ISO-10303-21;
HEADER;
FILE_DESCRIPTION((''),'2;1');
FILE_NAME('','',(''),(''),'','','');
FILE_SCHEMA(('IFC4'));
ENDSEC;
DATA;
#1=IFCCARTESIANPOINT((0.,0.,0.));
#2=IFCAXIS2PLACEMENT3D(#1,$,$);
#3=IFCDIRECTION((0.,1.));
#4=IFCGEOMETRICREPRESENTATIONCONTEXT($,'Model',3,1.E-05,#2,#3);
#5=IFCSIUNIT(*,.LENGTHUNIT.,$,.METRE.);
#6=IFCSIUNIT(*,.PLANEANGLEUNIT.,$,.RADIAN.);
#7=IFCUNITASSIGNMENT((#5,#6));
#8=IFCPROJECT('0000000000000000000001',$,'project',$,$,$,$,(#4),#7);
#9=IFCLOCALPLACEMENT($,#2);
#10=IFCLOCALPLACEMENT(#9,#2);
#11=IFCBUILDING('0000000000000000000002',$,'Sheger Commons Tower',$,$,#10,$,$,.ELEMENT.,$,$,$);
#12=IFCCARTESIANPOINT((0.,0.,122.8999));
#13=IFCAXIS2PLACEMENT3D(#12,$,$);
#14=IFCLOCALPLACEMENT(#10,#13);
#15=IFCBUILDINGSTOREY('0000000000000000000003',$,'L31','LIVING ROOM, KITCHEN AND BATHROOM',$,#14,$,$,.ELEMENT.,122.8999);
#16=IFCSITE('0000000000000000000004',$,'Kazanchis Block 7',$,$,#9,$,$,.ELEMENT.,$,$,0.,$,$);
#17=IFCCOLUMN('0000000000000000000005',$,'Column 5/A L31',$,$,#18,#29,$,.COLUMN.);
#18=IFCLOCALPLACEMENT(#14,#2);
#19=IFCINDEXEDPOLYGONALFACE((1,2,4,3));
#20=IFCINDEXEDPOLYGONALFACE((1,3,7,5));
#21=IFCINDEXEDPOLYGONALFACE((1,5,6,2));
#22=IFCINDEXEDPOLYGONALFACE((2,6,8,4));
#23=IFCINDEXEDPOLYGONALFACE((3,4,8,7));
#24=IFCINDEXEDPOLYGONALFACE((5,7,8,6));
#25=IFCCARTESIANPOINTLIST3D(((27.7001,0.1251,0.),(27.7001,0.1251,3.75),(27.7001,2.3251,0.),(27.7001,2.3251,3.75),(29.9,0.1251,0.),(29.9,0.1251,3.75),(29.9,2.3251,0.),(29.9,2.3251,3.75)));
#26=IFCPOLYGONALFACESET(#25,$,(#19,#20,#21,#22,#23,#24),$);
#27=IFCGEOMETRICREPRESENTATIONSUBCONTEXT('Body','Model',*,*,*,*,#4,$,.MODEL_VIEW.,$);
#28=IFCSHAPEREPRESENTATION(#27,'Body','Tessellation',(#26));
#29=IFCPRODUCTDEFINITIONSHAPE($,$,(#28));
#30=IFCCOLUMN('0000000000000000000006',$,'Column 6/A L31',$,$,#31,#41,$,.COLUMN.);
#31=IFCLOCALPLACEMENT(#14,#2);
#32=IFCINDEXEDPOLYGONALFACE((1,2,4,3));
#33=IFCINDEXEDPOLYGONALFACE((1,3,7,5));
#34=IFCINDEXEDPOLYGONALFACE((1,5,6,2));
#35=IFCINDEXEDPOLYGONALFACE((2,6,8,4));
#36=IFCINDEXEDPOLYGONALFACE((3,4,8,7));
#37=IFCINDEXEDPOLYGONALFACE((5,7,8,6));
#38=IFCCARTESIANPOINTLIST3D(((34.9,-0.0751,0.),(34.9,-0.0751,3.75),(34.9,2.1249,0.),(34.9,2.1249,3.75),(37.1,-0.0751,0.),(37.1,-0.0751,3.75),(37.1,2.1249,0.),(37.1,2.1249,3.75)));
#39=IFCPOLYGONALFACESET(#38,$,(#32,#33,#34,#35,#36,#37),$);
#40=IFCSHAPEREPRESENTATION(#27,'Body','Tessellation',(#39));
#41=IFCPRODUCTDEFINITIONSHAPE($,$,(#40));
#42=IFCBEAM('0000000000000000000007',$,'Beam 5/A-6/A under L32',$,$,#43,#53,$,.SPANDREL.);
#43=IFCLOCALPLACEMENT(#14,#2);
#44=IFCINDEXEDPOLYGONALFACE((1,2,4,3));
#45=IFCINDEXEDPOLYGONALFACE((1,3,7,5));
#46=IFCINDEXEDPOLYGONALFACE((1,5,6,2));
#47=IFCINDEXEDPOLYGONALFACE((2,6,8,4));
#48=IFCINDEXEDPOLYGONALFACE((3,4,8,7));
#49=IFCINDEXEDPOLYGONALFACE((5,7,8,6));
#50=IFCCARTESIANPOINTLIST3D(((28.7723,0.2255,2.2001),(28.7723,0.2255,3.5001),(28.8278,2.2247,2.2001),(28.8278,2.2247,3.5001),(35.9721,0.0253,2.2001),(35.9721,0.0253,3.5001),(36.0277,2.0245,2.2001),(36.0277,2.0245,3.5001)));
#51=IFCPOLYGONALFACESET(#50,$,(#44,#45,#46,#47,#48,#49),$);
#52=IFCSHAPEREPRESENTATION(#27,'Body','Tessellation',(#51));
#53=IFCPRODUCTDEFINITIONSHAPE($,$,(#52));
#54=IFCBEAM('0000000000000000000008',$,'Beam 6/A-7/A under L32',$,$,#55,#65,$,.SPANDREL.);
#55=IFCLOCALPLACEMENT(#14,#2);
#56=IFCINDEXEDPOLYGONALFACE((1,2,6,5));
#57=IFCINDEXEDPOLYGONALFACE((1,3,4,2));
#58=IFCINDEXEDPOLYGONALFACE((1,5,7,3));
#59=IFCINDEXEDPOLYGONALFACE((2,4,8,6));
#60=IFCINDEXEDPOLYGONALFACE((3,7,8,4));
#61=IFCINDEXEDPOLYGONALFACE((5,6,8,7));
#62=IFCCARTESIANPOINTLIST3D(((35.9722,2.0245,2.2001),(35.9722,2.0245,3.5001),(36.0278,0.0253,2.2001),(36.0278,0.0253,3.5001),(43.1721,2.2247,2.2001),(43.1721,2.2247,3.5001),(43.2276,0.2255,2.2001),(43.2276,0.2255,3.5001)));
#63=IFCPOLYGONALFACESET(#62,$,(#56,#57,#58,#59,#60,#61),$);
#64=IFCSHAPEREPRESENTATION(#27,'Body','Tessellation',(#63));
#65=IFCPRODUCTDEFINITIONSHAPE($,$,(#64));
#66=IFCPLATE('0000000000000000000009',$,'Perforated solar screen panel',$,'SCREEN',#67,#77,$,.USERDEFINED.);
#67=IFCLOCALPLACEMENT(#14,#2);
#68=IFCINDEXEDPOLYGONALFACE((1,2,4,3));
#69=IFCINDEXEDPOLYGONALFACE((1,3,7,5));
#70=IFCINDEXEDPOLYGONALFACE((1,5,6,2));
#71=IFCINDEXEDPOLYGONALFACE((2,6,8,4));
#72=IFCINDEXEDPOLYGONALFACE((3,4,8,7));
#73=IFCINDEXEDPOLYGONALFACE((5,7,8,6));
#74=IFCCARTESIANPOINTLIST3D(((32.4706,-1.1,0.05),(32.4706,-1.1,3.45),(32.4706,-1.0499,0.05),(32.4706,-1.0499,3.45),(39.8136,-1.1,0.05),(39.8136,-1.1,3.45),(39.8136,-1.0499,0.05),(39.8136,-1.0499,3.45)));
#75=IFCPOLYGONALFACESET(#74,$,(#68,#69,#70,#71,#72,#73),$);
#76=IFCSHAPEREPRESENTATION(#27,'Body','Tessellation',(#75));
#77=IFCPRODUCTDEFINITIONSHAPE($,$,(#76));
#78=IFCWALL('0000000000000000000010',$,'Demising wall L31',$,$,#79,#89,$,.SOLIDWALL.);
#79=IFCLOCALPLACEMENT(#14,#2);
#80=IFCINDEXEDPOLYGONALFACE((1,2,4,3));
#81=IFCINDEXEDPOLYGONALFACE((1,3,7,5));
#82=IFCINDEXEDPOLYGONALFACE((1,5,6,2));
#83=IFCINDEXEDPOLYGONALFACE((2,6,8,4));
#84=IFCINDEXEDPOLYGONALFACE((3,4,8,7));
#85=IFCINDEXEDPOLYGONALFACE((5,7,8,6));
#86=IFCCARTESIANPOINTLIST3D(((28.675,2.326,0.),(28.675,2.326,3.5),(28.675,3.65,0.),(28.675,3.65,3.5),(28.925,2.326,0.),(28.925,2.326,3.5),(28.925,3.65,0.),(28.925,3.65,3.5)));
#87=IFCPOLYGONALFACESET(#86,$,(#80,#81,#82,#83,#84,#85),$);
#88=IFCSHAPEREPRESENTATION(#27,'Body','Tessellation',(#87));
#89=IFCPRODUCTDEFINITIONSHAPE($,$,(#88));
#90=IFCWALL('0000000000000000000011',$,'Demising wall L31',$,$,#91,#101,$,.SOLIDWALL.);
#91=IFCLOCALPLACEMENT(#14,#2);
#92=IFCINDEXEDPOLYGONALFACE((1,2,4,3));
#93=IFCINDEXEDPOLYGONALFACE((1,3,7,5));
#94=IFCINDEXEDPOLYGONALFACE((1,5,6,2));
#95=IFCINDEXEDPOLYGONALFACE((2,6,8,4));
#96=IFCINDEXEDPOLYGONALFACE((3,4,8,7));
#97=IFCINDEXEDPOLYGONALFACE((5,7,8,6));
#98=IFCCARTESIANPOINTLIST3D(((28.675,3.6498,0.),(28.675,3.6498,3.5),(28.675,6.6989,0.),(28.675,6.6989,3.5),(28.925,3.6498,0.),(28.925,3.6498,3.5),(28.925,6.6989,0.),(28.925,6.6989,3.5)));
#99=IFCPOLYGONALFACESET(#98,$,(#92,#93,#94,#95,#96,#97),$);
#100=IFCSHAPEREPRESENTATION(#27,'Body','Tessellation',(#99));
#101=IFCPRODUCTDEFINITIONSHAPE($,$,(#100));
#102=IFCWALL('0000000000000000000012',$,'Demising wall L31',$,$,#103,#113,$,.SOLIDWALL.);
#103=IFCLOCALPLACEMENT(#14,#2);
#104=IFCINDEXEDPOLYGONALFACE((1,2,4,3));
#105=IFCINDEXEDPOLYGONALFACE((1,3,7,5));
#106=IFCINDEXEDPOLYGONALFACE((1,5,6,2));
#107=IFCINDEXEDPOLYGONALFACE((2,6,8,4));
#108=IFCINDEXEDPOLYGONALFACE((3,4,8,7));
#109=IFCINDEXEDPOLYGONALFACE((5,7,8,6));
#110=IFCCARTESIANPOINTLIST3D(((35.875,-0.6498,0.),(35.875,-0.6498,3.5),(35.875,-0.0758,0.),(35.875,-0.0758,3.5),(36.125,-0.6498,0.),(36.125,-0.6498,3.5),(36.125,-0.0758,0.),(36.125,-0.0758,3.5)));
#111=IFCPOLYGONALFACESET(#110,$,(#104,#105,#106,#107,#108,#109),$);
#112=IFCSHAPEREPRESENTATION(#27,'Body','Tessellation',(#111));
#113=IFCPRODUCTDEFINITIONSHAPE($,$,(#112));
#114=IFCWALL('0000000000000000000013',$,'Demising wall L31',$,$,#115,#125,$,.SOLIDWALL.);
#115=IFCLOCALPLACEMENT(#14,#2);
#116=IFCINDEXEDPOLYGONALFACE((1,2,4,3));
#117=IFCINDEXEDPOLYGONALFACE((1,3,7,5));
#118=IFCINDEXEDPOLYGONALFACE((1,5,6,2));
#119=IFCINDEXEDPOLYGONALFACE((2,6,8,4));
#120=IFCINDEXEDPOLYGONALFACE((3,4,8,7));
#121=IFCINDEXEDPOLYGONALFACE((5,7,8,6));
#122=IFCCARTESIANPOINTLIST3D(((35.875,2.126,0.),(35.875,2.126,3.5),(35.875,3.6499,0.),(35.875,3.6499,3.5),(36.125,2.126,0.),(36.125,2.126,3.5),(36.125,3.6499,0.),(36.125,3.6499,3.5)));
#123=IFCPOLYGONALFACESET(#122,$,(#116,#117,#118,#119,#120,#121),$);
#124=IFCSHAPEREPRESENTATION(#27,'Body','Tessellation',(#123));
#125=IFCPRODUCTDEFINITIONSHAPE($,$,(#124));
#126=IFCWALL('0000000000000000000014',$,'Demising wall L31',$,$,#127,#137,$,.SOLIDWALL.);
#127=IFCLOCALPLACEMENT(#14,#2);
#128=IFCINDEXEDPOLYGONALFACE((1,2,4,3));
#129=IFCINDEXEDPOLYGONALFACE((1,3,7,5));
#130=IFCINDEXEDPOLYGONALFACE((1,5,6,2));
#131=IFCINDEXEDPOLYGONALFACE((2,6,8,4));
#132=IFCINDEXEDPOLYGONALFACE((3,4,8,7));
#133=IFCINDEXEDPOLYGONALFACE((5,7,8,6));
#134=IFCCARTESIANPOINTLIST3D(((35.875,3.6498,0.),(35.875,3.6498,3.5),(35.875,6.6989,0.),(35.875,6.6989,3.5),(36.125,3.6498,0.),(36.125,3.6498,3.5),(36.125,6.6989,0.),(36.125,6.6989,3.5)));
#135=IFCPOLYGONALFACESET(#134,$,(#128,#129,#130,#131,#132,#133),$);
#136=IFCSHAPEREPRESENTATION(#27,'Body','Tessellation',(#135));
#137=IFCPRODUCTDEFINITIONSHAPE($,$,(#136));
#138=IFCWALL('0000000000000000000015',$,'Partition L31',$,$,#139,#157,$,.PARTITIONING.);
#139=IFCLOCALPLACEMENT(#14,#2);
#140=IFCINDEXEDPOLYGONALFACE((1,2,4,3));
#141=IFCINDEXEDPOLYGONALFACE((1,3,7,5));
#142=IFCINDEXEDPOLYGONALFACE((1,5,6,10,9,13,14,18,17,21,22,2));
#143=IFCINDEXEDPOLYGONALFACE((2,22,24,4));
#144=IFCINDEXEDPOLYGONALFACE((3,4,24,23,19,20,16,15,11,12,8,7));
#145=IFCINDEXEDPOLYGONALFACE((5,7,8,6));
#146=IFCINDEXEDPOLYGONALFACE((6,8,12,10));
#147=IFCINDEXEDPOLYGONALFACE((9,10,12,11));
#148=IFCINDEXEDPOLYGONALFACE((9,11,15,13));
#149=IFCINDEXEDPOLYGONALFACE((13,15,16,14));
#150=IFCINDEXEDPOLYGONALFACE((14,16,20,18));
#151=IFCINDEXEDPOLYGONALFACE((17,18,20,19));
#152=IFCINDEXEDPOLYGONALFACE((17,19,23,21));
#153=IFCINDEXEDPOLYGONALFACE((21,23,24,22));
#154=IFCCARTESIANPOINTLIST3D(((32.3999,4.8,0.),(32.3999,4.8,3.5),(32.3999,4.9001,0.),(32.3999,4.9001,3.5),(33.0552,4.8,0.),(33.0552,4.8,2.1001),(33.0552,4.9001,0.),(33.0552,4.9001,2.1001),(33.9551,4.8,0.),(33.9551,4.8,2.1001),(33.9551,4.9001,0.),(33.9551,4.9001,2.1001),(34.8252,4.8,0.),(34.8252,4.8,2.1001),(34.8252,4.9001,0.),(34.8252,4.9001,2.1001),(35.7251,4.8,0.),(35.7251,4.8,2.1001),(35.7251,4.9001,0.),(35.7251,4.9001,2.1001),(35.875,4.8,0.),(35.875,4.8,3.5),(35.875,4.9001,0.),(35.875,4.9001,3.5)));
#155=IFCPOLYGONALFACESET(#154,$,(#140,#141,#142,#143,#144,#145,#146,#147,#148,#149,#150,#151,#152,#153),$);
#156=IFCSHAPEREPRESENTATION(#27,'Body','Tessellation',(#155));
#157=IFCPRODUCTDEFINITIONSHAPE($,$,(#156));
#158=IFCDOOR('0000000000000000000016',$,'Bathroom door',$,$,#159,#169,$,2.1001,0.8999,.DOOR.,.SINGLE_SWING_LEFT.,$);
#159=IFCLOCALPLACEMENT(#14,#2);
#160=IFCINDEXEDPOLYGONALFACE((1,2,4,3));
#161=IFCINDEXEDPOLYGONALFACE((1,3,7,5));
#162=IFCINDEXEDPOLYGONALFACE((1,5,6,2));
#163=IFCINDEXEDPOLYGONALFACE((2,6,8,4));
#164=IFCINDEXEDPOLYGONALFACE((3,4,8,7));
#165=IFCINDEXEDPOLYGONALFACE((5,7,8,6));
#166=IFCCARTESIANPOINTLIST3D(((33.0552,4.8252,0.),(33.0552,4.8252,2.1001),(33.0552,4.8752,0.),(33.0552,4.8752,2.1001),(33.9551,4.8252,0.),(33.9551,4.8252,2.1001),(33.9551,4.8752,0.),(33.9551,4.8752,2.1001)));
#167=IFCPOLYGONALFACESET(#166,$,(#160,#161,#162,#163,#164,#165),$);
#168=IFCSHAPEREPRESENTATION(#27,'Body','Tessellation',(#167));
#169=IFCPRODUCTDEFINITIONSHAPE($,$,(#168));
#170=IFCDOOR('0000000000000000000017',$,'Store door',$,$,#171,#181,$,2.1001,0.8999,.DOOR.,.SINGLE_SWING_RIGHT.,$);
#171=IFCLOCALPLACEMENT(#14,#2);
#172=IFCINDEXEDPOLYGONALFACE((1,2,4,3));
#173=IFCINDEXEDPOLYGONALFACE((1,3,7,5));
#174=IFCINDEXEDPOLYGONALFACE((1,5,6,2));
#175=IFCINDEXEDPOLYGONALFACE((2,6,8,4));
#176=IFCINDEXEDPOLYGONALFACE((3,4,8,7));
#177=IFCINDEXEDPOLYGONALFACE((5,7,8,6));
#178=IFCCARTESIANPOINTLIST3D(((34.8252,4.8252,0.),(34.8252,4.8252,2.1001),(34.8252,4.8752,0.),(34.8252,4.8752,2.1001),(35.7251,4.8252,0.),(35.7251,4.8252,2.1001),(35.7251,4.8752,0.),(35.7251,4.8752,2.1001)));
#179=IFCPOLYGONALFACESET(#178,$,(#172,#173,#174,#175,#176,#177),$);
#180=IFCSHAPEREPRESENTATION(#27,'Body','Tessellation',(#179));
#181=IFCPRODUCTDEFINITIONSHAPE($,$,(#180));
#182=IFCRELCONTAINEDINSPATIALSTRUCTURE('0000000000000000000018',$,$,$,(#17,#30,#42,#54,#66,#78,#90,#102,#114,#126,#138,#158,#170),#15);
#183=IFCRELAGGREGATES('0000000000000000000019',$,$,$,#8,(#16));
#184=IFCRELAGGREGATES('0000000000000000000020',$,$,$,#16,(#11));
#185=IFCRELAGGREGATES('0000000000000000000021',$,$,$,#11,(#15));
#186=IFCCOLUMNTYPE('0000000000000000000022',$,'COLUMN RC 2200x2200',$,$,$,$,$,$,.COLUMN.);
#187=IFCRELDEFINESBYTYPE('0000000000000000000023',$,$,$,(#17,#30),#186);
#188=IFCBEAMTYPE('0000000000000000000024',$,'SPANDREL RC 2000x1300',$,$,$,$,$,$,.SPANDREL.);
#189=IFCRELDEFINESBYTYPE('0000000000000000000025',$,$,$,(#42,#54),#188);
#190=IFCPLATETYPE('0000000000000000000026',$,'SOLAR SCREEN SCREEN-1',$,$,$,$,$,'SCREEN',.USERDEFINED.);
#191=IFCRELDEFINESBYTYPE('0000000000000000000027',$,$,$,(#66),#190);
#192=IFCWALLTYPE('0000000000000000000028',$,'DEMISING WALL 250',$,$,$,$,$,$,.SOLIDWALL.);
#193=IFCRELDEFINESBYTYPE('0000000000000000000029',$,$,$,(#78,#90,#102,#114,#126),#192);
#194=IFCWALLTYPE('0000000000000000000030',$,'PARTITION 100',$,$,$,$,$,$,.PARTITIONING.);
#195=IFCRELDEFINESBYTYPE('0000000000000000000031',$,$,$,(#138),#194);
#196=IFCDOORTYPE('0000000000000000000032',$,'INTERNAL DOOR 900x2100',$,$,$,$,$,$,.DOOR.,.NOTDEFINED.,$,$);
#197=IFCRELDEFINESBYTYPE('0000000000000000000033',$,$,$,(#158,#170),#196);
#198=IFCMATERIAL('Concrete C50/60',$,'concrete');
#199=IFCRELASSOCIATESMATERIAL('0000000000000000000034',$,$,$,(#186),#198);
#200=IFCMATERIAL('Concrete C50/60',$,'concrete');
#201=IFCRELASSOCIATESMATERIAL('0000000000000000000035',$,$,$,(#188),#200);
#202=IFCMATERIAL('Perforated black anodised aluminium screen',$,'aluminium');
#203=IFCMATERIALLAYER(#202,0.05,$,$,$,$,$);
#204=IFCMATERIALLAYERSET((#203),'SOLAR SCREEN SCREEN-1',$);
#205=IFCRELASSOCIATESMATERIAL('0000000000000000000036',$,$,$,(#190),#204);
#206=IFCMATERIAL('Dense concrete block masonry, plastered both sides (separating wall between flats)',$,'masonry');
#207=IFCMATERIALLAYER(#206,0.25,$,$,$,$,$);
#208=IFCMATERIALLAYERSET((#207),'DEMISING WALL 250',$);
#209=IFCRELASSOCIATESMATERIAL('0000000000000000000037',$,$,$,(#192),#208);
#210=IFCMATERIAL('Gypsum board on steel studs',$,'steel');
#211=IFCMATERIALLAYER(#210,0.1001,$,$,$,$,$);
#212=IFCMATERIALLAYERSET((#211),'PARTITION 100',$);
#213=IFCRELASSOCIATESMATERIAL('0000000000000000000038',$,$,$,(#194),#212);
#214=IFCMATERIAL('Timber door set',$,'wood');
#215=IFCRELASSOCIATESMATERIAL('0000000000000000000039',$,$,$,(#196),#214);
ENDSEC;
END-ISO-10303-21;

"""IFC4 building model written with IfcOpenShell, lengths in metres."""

from ifc_helpers import new_model, si_unit, direction, frame, frame_2d, origin, origin_2d, place, context, subcontext, project, spatial, rectangle, extrude, material, layer, layer_set, material_profile, profile_set, type_object, element, fill, save


model = new_model("IFC4")

# Units and contexts
model_context = context("Model", 3, precision=1e-05, world=origin(), true_north=direction((0.0, 1.0)))
body_context = subcontext(model_context, "Body", "Model", "MODEL_VIEW")
ifc_project = project(units=[si_unit("LENGTHUNIT", "METRE"), si_unit("PLANEANGLEUNIT", "RADIAN")], contexts=[model_context])

# Site, building, storey
site_placement = place(None, origin())
site = spatial("IfcSite", under=ifc_project, at=site_placement, Name="Kazanchis Block 7", CompositionType="ELEMENT", RefElevation=0.0)
building_placement = place(site_placement, origin())
building = spatial("IfcBuilding", under=site, at=building_placement, Name="Sheger Commons Tower", CompositionType="ELEMENT")
storey_placement = place(building_placement, frame((0.0, 0.0, 122.8999)))
storey = spatial("IfcBuildingStorey", under=building, at=storey_placement, Name="L31", Description="LIVING ROOM, KITCHEN AND BATHROOM", CompositionType="ELEMENT", Elevation=122.8999)

# Columns
ifc_material_1 = material(Name="Concrete C50/60", Category="concrete")
ifc_material_profile_1 = material_profile(ifc_material_1, rectangle(XDim=2.2, YDim=2.2, at=origin_2d()), Name="RC 2200x2200")
ifc_profile_set_1 = profile_set([ifc_material_profile_1], Name="Concrete C50/60")
column_type = type_object("IfcColumnType", Name="COLUMN RC 2200x2200", PredefinedType="COLUMN", material=ifc_profile_set_1)
for number, where, z_axis, x_axis, name in (
    (1, (28.8, 1.2251, 0.0), (0.0, 0.0, 1.0), (1.0, 0.0, 0.0), "Column 5/A L31"),
    (2, (36.0, 1.0249, 0.0), (0.0, 0.0, 1.0), (1.0, 0.0, 0.0), "Column 6/A L31"),
):
    element("IfcColumn", number, at=place(storey_placement, frame(where, z_axis=z_axis, x_axis=x_axis)), inside=storey, type_object=column_type, Name=name, PredefinedType="COLUMN", context=body_context, shape_type="SweptSolid", body=[
        extrude(rectangle(XDim=2.2, YDim=2.2, at=origin_2d()), origin(), (0.0, 0.0, 1.0), 3.75),
    ])

# Beams
ifc_material_2 = material(Name="Concrete C50/60", Category="concrete")
ifc_material_profile_2 = material_profile(ifc_material_2, rectangle(XDim=2.0, YDim=1.3, at=origin_2d()), Name="RC 2000x1300")
ifc_profile_set_2 = profile_set([ifc_material_profile_2], Name="Concrete C50/60")
beam_type = type_object("IfcBeamType", Name="SPANDREL RC 2000x1300", PredefinedType="SPANDREL", material=ifc_profile_set_2)
for number, where, z_axis, x_axis, name in (
    (3, (28.8, 1.2251, 2.8501), (0.999614, -0.027794, 0.0), (0.027794, 0.999614, 0.0), "Beam 5/A-6/A under L32"),
    (4, (36.0, 1.0249, 2.8501), (0.999614, 0.027794, 0.0), (-0.027794, 0.999614, 0.0), "Beam 6/A-7/A under L32"),
):
    element("IfcBeam", number, at=place(storey_placement, frame(where, z_axis=z_axis, x_axis=x_axis)), inside=storey, type_object=beam_type, Name=name, PredefinedType="SPANDREL", context=body_context, shape_type="SweptSolid", body=[
        extrude(rectangle(XDim=2.0, YDim=1.3, at=origin_2d()), origin(), (0.0, 0.0, 1.0), 7.2026),
    ])

# Plate
ifc_material_3 = material(Name="Perforated black anodised aluminium screen", Category="aluminium")
ifc_layer_1 = layer(ifc_material_3, 0.05)
ifc_layer_set_1 = layer_set([ifc_layer_1], Name="SOLAR SCREEN SCREEN-1")
plate_type = type_object("IfcPlateType", Name="SOLAR SCREEN SCREEN-1", ElementType="SCREEN", PredefinedType="USERDEFINED", material=ifc_layer_set_1)
plate_placement = place(storey_placement, frame((36.1421, -1.075, 0.05), z_axis=(0.0, 0.0, 1.0), x_axis=(1.0, 0.0, 0.0)))
element("IfcPlate", 5, at=plate_placement, inside=storey, type_object=plate_type, Name="Perforated solar screen panel", ObjectType="SCREEN", PredefinedType="USERDEFINED", context=body_context, shape_type="SweptSolid", body=[
    extrude(rectangle(XDim=7.343, YDim=0.05, at=origin_2d()), origin(), (0.0, 0.0, 1.0), 3.3999),
])

# Walls
ifc_material_4 = material(Name="Dense concrete block masonry, plastered both sides (separating wall between flats)", Category="masonry")
ifc_layer_2 = layer(ifc_material_4, 0.25)
ifc_layer_set_2 = layer_set([ifc_layer_2], Name="DEMISING WALL 250")
wall_type_1 = type_object("IfcWallType", Name="DEMISING WALL 250", PredefinedType="SOLIDWALL", material=ifc_layer_set_2)
wall_1_placement = place(storey_placement, frame((28.8, 2.3259, 0.0), z_axis=(0.0, 0.0, 1.0), x_axis=(0.0, 1.0, 0.0)))
element("IfcWall", 6, at=wall_1_placement, inside=storey, type_object=wall_type_1, Name="Demising wall L31", PredefinedType="SOLIDWALL", context=body_context, shape_type="SweptSolid", body=[
    extrude(rectangle(XDim=1.324, YDim=0.25, at=frame_2d((0.6621, 0.0))), origin(), (0.0, 0.0, 1.0), 3.5),
])
wall_2_placement = place(storey_placement, frame((28.8, 3.6499, 0.0), z_axis=(0.0, 0.0, 1.0), x_axis=(0.0, 1.0, 0.0)))
element("IfcWall", 7, at=wall_2_placement, inside=storey, type_object=wall_type_1, Name="Demising wall L31", PredefinedType="SOLIDWALL", context=body_context, shape_type="SweptSolid", body=[
    extrude(rectangle(XDim=3.0491, YDim=0.25, at=frame_2d((1.5244, 0.0))), origin(), (0.0, 0.0, 1.0), 3.5),
])
wall_3_placement = place(storey_placement, frame((36.0, -0.6499, 0.0), z_axis=(0.0, 0.0, 1.0), x_axis=(0.0, 1.0, 0.0)))
element("IfcWall", 8, at=wall_3_placement, inside=storey, type_object=wall_type_1, Name="Demising wall L31", PredefinedType="SOLIDWALL", context=body_context, shape_type="SweptSolid", body=[
    extrude(rectangle(XDim=0.574, YDim=0.25, at=frame_2d((0.2871, 0.0))), origin(), (0.0, 0.0, 1.0), 3.5),
])
wall_4_placement = place(storey_placement, frame((36.0, 2.126, 0.0), z_axis=(0.0, 0.0, 1.0), x_axis=(0.0, 1.0, 0.0)))
element("IfcWall", 9, at=wall_4_placement, inside=storey, type_object=wall_type_1, Name="Demising wall L31", PredefinedType="SOLIDWALL", context=body_context, shape_type="SweptSolid", body=[
    extrude(rectangle(XDim=1.5239, YDim=0.25, at=frame_2d((0.762, 0.0))), origin(), (0.0, 0.0, 1.0), 3.5),
])
wall_5_placement = place(storey_placement, frame((36.0, 3.6499, 0.0), z_axis=(0.0, 0.0, 1.0), x_axis=(0.0, 1.0, 0.0)))
element("IfcWall", 10, at=wall_5_placement, inside=storey, type_object=wall_type_1, Name="Demising wall L31", PredefinedType="SOLIDWALL", context=body_context, shape_type="SweptSolid", body=[
    extrude(rectangle(XDim=3.0491, YDim=0.25, at=frame_2d((1.5244, 0.0))), origin(), (0.0, 0.0, 1.0), 3.5),
])

# Wall, openings, doors
ifc_material_5 = material(Name="Gypsum board on steel studs", Category="steel")
ifc_layer_3 = layer(ifc_material_5, 0.1001)
ifc_layer_set_3 = layer_set([ifc_layer_3], Name="PARTITION 100")
wall_type_2 = type_object("IfcWallType", Name="PARTITION 100", PredefinedType="PARTITIONING", material=ifc_layer_set_3)
wall_6_placement = place(storey_placement, frame((35.875, 4.8501, 0.0), z_axis=(0.0, 0.0, 1.0), x_axis=(-1.0, 0.0, 0.0)))
wall_6 = element("IfcWall", 11, at=wall_6_placement, inside=storey, type_object=wall_type_2, Name="Partition L31", PredefinedType="PARTITIONING", context=body_context, shape_type="SweptSolid", body=[
    extrude(rectangle(XDim=3.4751, YDim=0.1001, at=frame_2d((1.7375, 0.0))), origin(), (0.0, 0.0, 1.0), 3.5),
])
opening_1_placement = place(wall_6_placement, frame((1.9199, 0.0, 0.0)))
opening_1 = element("IfcOpeningElement", 12, at=opening_1_placement, cuts=wall_6, PredefinedType="OPENING", context=body_context, shape_type="SweptSolid", body=[
    extrude(rectangle(XDim=0.8999, YDim=2.1001, at=frame_2d((0.45, 1.05))), frame((0.0, 0.0601, 0.0), z_axis=(0.0, -1.0, 0.0), x_axis=(1.0, 0.0, 0.0)), (0.0, 0.0, 1.0), 0.1201),
])
opening_2_placement = place(wall_6_placement, frame((0.1499, 0.0, 0.0)))
opening_2 = element("IfcOpeningElement", 13, at=opening_2_placement, cuts=wall_6, PredefinedType="OPENING", context=body_context, shape_type="SweptSolid", body=[
    extrude(rectangle(XDim=0.8999, YDim=2.1001, at=frame_2d((0.45, 1.05))), frame((0.0, 0.0601, 0.0), z_axis=(0.0, -1.0, 0.0), x_axis=(1.0, 0.0, 0.0)), (0.0, 0.0, 1.0), 0.1201),
])
ifc_material_6 = material(Name="Timber door set", Category="wood")
door_type = type_object("IfcDoorType", Name="INTERNAL DOOR 900x2100", OperationType="NOTDEFINED", PredefinedType="DOOR", material=ifc_material_6)
door_1_placement = place(opening_1_placement, origin())
door_1 = element("IfcDoor", 14, at=door_1_placement, inside=storey, type_object=door_type, Name="Bathroom door", OperationType="SINGLE_SWING_LEFT", OverallHeight=2.1001, OverallWidth=0.8999, PredefinedType="DOOR", context=body_context, shape_type="SweptSolid", body=[
    extrude(rectangle(XDim=0.8999, YDim=2.1001, at=frame_2d((0.45, 1.05))), frame((0.0, 0.0249, 0.0), z_axis=(0.0, -1.0, 0.0), x_axis=(1.0, 0.0, 0.0)), (0.0, 0.0, 1.0), 0.05),
])
fill(opening_1, door_1)
door_2_placement = place(opening_2_placement, origin())
door_2 = element("IfcDoor", 15, at=door_2_placement, inside=storey, type_object=door_type, Name="Store door", OperationType="SINGLE_SWING_RIGHT", OverallHeight=2.1001, OverallWidth=0.8999, PredefinedType="DOOR", context=body_context, shape_type="SweptSolid", body=[
    extrude(rectangle(XDim=0.8999, YDim=2.1001, at=frame_2d((0.45, 1.05))), frame((0.0, 0.0249, 0.0), z_axis=(0.0, -1.0, 0.0), x_axis=(1.0, 0.0, 0.0)), (0.0, 0.0, 1.0), 0.05),
])
fill(opening_2, door_2)

save(model, "model.ifc")
